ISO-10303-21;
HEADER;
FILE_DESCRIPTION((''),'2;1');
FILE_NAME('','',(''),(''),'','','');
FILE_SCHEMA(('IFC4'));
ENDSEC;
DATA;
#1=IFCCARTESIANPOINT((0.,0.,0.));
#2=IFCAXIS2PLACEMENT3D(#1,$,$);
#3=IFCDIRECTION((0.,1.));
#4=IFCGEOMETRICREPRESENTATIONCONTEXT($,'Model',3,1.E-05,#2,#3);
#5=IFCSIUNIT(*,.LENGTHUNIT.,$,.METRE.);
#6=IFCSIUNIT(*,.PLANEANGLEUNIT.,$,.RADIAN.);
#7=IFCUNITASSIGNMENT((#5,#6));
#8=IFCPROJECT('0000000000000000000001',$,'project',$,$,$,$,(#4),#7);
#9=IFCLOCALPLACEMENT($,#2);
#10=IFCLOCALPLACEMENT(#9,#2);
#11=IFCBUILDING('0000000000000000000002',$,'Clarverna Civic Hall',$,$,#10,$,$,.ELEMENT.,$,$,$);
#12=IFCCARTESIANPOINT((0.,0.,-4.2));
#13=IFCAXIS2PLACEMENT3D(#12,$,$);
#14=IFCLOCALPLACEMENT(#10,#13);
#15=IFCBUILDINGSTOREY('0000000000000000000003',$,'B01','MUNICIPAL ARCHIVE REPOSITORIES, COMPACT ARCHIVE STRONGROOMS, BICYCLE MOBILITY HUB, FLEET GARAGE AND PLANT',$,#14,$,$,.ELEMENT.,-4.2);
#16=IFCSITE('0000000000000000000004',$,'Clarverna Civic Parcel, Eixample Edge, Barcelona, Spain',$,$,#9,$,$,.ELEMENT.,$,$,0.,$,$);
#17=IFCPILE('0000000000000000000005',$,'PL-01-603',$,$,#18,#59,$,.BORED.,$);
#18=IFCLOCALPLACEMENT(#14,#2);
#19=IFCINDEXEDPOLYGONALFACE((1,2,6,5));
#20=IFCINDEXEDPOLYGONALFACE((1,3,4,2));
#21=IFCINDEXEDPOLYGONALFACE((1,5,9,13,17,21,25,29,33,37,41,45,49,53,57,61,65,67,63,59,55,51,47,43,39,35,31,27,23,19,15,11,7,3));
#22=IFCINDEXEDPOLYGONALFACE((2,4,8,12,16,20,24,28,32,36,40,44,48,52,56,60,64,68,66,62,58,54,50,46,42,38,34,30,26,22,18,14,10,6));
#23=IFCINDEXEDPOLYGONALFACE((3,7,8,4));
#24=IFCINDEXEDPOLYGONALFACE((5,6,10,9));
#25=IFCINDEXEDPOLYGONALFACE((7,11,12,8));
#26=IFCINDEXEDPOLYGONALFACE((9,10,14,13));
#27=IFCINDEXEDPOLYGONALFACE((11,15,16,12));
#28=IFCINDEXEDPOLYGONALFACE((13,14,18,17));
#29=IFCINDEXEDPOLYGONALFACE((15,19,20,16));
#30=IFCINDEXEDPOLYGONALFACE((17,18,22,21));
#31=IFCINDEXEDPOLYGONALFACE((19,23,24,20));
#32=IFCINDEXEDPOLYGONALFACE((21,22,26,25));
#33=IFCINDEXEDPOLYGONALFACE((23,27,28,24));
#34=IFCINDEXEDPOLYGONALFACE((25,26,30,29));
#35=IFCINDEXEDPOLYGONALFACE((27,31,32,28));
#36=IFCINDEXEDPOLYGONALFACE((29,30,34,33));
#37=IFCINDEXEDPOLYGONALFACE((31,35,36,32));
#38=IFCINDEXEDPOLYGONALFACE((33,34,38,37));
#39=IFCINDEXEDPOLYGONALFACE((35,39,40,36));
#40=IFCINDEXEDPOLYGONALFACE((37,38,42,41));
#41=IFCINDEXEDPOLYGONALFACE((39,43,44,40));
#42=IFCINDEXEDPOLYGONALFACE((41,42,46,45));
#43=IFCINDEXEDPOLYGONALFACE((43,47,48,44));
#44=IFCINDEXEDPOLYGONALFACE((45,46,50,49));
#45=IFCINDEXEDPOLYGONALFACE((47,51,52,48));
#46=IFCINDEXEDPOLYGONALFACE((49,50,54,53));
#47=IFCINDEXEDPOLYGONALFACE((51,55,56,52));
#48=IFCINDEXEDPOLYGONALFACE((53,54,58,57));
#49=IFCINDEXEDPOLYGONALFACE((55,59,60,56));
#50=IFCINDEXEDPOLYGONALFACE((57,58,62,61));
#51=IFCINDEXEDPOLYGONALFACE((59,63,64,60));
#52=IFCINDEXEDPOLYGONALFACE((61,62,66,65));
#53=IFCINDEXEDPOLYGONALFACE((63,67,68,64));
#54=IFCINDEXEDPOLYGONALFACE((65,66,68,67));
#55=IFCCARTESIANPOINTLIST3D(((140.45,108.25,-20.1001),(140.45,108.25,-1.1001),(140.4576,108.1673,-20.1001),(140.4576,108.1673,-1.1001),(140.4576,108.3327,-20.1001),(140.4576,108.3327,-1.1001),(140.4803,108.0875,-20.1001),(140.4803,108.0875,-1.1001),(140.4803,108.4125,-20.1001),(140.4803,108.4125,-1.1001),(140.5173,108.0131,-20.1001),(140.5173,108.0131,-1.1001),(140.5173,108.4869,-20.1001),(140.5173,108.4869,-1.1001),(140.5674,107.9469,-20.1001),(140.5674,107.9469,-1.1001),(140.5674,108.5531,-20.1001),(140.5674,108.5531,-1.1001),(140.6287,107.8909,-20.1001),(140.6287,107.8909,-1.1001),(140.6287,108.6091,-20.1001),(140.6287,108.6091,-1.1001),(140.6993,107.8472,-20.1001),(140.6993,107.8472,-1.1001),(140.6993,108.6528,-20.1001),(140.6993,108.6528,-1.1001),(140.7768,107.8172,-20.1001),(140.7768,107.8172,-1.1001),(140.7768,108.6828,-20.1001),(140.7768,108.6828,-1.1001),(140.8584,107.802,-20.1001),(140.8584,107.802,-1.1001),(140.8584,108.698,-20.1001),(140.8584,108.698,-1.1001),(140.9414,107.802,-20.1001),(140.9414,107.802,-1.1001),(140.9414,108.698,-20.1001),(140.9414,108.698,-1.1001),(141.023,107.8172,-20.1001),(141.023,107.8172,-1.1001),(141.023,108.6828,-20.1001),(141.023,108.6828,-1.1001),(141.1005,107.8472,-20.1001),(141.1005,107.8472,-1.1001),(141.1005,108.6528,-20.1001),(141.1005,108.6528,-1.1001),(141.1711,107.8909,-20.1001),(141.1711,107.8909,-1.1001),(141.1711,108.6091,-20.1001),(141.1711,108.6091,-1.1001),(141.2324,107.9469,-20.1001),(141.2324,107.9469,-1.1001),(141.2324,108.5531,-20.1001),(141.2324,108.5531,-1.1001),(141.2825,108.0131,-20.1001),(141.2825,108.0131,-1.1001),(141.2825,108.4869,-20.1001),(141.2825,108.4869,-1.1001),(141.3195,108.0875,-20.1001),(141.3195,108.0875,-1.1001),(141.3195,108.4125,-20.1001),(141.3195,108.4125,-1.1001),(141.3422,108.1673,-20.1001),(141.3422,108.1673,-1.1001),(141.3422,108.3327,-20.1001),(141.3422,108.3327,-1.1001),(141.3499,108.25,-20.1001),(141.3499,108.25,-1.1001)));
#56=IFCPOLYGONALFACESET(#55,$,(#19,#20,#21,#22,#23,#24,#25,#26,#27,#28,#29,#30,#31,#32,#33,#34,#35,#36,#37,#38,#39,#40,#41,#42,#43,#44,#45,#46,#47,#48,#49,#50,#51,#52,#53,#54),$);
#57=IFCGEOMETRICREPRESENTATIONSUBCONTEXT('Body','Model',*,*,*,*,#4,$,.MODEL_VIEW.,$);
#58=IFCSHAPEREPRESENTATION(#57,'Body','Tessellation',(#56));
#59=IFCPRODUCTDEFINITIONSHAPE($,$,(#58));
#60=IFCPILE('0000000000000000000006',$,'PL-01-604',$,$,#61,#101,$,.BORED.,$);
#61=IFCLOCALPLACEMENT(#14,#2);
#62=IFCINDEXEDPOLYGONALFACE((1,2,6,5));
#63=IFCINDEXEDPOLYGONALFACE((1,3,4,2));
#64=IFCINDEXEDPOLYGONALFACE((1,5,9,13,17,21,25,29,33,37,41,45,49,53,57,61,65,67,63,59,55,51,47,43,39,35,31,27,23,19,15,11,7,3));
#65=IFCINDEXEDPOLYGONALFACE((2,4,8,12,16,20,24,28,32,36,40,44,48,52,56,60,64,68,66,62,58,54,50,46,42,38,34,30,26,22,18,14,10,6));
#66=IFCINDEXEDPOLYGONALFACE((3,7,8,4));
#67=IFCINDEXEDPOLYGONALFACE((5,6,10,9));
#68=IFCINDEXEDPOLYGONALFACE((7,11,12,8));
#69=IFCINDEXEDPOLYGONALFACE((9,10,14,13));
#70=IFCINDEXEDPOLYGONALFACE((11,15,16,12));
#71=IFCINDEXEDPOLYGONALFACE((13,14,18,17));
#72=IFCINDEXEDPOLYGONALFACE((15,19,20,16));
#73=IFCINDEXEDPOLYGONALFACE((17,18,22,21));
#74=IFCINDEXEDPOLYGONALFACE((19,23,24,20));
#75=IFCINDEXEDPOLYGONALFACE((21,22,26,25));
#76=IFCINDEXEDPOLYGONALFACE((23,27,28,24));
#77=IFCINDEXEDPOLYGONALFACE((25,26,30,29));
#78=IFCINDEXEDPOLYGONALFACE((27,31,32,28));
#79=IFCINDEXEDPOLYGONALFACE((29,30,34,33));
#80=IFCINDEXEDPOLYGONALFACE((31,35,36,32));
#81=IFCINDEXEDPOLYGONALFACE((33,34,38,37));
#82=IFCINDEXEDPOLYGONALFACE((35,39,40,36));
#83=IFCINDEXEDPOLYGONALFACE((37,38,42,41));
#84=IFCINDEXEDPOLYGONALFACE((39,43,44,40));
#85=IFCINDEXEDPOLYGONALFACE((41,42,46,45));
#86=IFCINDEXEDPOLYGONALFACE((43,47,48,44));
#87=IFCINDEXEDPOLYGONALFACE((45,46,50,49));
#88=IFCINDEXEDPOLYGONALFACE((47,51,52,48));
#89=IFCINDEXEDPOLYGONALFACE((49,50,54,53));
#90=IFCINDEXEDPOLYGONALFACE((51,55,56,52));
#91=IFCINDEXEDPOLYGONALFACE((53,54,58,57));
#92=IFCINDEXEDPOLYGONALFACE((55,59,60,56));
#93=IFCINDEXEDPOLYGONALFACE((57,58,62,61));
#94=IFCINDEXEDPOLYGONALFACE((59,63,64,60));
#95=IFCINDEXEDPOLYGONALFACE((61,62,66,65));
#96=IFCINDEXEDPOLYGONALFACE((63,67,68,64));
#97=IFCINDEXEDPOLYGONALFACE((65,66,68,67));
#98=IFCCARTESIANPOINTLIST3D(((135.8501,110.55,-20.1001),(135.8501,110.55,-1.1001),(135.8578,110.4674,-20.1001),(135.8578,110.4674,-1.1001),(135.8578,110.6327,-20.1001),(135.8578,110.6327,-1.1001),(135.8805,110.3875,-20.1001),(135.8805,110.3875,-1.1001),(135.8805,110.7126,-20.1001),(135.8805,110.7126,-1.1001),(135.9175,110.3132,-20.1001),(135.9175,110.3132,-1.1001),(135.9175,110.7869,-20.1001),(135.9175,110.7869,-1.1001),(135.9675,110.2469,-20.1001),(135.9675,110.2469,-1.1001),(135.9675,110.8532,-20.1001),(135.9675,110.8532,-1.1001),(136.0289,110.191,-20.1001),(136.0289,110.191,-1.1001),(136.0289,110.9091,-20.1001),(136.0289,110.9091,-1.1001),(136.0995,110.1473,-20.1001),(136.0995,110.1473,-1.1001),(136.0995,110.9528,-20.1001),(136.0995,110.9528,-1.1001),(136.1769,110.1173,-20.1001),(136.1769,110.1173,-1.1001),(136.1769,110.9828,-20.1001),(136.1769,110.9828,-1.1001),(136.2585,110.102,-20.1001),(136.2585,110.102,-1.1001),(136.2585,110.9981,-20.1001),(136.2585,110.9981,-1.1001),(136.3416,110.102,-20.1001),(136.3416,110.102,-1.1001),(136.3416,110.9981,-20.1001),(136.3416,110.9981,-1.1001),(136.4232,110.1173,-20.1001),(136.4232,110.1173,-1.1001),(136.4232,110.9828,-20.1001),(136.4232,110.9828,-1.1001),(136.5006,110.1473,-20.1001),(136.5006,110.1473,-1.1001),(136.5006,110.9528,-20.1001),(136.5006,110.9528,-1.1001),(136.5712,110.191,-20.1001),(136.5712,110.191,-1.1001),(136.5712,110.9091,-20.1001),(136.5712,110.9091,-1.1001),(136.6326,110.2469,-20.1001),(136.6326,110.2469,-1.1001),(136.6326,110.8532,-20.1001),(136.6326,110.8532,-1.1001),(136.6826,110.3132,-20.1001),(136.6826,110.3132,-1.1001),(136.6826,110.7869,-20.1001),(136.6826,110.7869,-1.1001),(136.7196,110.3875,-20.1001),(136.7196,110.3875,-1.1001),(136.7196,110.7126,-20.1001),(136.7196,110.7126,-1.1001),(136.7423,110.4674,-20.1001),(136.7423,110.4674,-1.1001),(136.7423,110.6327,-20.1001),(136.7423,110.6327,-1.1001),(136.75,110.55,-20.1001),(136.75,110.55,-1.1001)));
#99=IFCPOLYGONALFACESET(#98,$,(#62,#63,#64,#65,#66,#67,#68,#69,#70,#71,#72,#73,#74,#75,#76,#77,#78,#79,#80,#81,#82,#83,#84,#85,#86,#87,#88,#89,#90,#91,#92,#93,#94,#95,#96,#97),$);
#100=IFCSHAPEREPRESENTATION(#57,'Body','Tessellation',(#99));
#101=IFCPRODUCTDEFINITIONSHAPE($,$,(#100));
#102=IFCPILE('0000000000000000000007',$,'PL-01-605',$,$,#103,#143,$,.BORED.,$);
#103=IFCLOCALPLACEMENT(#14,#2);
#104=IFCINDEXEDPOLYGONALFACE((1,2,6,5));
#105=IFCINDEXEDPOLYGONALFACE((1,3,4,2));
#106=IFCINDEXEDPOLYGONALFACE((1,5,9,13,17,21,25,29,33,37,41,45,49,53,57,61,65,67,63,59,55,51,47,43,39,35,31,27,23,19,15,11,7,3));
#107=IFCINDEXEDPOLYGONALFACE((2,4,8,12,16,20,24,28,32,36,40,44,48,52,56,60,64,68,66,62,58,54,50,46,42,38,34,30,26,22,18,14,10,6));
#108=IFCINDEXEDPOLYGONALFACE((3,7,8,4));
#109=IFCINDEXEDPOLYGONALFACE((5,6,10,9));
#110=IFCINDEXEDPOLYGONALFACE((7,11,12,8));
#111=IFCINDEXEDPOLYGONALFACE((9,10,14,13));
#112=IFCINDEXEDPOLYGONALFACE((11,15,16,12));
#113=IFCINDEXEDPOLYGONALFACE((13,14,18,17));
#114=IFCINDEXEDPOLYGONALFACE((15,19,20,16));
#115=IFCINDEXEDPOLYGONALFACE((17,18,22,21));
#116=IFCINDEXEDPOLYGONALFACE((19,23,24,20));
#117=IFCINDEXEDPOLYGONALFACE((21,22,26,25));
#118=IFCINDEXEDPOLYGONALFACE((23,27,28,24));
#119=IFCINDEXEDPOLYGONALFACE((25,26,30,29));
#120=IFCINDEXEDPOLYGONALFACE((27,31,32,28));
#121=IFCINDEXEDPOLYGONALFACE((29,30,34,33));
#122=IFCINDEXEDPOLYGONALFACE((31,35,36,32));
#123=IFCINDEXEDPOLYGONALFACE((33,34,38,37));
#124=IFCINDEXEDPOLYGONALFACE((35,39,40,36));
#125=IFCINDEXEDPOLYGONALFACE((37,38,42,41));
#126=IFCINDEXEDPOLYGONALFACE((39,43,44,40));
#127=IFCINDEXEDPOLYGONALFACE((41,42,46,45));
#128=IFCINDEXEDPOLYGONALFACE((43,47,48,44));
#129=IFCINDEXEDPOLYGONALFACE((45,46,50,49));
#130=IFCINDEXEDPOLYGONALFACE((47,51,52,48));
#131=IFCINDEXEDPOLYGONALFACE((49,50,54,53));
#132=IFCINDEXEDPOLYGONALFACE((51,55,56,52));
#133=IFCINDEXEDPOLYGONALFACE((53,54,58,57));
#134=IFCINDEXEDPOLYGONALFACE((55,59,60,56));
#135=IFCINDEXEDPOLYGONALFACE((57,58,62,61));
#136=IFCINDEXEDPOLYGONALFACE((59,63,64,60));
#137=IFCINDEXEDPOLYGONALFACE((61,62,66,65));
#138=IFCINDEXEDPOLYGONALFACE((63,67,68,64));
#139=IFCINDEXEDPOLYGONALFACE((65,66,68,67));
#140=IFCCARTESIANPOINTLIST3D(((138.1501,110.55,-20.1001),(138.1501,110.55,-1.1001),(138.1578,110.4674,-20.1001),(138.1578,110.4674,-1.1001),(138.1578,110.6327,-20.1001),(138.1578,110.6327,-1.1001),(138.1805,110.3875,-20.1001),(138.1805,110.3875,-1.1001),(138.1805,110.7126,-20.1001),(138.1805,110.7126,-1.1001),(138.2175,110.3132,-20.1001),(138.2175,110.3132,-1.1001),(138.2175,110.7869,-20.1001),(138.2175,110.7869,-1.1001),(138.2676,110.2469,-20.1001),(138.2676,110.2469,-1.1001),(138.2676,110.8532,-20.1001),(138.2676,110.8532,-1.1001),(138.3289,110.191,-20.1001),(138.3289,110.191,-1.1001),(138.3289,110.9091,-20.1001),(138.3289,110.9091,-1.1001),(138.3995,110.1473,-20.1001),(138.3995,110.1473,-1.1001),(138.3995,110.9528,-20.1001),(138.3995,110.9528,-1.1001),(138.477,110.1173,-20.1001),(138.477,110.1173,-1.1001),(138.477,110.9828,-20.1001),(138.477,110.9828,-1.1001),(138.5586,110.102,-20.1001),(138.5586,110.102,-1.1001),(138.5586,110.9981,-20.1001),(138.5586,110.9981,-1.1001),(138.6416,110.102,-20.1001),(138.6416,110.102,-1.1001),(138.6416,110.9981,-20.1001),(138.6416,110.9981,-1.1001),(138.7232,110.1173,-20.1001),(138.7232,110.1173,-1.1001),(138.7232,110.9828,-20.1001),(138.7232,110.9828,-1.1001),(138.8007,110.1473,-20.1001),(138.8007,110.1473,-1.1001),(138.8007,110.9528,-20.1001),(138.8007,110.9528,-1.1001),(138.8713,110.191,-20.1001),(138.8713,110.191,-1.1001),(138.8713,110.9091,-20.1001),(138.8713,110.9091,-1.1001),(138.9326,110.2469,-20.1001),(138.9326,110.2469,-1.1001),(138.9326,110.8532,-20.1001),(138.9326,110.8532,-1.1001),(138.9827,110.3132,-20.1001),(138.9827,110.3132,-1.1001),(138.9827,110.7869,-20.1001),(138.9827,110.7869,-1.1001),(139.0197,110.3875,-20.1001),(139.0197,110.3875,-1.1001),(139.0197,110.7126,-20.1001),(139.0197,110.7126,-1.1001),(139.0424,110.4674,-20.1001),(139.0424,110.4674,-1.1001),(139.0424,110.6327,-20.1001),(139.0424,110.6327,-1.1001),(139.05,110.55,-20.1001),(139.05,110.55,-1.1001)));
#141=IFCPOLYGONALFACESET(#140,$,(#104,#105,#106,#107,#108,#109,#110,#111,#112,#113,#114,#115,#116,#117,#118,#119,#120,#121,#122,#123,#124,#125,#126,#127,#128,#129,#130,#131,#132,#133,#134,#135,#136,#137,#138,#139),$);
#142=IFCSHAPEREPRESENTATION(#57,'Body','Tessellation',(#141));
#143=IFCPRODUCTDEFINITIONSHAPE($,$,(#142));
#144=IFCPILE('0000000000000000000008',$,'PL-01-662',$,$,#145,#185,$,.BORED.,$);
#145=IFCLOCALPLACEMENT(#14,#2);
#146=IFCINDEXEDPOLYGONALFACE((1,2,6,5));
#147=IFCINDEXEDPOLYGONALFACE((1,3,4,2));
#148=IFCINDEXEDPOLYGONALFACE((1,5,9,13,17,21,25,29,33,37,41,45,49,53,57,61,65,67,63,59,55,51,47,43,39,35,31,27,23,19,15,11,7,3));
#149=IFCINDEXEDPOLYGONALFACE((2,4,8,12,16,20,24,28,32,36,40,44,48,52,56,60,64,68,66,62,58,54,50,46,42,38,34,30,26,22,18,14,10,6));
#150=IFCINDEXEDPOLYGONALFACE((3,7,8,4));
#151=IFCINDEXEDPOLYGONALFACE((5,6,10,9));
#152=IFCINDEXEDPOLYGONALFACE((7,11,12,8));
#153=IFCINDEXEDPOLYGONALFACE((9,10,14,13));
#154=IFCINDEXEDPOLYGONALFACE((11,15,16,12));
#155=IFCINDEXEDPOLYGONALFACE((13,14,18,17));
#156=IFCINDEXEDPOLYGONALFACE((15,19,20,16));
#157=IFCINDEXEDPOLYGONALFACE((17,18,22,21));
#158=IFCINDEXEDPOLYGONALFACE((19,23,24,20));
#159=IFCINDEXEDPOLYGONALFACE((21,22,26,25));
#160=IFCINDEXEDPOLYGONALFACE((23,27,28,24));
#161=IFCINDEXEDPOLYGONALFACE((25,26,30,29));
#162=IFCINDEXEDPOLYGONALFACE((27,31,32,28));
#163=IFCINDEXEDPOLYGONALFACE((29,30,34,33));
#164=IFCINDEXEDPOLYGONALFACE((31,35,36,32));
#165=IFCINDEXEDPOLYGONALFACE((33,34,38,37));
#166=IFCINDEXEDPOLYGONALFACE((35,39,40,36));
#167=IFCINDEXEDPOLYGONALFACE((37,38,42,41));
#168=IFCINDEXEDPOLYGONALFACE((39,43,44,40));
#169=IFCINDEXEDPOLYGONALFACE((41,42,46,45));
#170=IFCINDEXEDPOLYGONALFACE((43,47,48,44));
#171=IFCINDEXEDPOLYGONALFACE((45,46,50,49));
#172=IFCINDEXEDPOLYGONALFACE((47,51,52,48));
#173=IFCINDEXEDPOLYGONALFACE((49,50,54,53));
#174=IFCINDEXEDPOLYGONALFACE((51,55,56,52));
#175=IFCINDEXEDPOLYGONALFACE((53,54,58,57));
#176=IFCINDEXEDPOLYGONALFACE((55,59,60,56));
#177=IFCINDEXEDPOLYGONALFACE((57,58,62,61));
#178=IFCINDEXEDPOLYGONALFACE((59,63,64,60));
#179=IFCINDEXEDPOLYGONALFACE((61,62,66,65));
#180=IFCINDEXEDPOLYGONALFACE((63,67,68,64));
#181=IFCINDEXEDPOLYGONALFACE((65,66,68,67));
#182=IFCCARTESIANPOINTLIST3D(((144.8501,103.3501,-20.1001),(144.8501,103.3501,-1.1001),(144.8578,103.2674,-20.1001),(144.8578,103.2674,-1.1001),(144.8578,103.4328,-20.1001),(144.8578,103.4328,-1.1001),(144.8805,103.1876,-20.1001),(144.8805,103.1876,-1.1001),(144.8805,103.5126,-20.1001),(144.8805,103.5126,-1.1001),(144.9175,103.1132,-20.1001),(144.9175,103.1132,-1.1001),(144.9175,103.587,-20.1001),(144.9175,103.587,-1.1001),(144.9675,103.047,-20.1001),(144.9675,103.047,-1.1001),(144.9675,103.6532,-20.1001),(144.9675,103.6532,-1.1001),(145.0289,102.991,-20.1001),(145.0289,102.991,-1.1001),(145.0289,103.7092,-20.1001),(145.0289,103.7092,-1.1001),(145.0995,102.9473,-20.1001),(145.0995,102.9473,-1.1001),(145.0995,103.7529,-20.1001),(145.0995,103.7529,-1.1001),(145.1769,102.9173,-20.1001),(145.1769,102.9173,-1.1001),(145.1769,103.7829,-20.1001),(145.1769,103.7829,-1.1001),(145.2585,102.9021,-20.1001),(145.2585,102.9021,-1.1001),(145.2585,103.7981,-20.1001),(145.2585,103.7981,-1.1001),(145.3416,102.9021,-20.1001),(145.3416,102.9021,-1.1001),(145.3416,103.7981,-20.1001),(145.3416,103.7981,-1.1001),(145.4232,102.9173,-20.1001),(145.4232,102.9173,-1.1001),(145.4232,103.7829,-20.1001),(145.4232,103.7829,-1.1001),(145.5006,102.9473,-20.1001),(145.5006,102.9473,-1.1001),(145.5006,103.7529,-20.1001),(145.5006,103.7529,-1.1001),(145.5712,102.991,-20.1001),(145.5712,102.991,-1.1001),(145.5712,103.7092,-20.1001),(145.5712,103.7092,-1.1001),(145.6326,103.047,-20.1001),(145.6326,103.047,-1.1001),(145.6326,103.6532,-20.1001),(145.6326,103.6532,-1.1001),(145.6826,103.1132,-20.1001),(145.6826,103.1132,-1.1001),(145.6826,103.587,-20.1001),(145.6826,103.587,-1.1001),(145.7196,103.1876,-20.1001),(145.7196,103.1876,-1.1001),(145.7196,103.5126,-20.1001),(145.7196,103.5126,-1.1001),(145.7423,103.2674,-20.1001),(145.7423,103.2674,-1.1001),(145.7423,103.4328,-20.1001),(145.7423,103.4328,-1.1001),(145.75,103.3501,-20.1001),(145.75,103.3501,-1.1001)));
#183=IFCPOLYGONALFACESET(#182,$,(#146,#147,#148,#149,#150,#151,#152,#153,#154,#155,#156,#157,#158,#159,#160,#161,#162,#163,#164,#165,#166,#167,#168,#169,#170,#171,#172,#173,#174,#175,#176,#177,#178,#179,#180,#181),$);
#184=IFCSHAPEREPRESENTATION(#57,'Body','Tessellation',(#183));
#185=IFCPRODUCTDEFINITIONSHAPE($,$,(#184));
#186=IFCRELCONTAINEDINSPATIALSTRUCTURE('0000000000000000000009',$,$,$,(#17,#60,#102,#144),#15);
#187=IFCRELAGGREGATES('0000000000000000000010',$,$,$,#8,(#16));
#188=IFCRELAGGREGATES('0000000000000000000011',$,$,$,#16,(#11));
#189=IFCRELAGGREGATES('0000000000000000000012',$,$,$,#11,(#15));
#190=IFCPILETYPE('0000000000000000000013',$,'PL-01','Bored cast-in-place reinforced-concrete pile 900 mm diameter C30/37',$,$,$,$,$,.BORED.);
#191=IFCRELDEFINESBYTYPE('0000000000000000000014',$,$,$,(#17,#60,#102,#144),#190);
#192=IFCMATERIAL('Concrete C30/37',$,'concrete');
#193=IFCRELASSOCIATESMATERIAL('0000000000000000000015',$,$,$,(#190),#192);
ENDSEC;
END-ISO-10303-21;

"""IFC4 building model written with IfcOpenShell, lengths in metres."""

from ifc_helpers import new_model, si_unit, direction, frame, origin, origin_2d, place, context, subcontext, project, spatial, circle, extrude, material, material_profile, profile_set, type_object, element, save


model = new_model("IFC4")

# Units and contexts
model_context = context("Model", 3, precision=1e-05, world=origin(), true_north=direction((0.0, 1.0)))
body_context = subcontext(model_context, "Body", "Model", "MODEL_VIEW")
ifc_project = project(units=[si_unit("LENGTHUNIT", "METRE"), si_unit("PLANEANGLEUNIT", "RADIAN")], contexts=[model_context])

# Site, building, storey
site_placement = place(None, origin())
site = spatial("IfcSite", under=ifc_project, at=site_placement, Name="Clarverna Civic Parcel, Eixample Edge, Barcelona, Spain", CompositionType="ELEMENT", RefElevation=0.0)
building_placement = place(site_placement, origin())
building = spatial("IfcBuilding", under=site, at=building_placement, Name="Clarverna Civic Hall", CompositionType="ELEMENT")
storey_placement = place(building_placement, frame((0.0, 0.0, -4.2)))
storey = spatial("IfcBuildingStorey", under=building, at=storey_placement, Name="B01", Description="MUNICIPAL ARCHIVE REPOSITORIES, COMPACT ARCHIVE STRONGROOMS, BICYCLE MOBILITY HUB, FLEET GARAGE AND PLANT", CompositionType="ELEMENT", Elevation=-4.2)

# Shared definitions
ifc_material_1 = material(Name="Concrete C30/37", Category="concrete")

# Piles
ifc_material_profile_1 = material_profile(ifc_material_1, circle(Radius=0.45, at=origin_2d()), Name="BORED PILE D900")
ifc_profile_set_1 = profile_set([ifc_material_profile_1], Name="Concrete C30/37")
pile_type = type_object("IfcPileType", Name="PL-01", Description="Bored cast-in-place reinforced-concrete pile 900 mm diameter C30/37", PredefinedType="BORED", material=ifc_profile_set_1)
for number, where, z_axis, x_axis, name in (
    (1, (140.8999, 108.25, -1.1001), (0.0, 0.0, -1.0), (1.0, 0.0, 0.0), "PL-01-603"),
    (2, (136.3, 110.55, -1.1001), (0.0, 0.0, -1.0), (1.0, 0.0, 0.0), "PL-01-604"),
    (3, (138.6001, 110.55, -1.1001), (0.0, 0.0, -1.0), (1.0, 0.0, 0.0), "PL-01-605"),
    (4, (145.3, 103.3501, -1.1001), (0.0, 0.0, -1.0), (1.0, 0.0, 0.0), "PL-01-662"),
):
    element("IfcPile", number, at=place(storey_placement, frame(where, z_axis=z_axis, x_axis=x_axis)), inside=storey, type_object=pile_type, Name=name, PredefinedType="BORED", context=body_context, shape_type="SweptSolid", body=[
        extrude(circle(Radius=0.45, at=origin_2d()), origin(), (0.0, 0.0, 1.0), 19.0),
    ])

save(model, "model.ifc")
